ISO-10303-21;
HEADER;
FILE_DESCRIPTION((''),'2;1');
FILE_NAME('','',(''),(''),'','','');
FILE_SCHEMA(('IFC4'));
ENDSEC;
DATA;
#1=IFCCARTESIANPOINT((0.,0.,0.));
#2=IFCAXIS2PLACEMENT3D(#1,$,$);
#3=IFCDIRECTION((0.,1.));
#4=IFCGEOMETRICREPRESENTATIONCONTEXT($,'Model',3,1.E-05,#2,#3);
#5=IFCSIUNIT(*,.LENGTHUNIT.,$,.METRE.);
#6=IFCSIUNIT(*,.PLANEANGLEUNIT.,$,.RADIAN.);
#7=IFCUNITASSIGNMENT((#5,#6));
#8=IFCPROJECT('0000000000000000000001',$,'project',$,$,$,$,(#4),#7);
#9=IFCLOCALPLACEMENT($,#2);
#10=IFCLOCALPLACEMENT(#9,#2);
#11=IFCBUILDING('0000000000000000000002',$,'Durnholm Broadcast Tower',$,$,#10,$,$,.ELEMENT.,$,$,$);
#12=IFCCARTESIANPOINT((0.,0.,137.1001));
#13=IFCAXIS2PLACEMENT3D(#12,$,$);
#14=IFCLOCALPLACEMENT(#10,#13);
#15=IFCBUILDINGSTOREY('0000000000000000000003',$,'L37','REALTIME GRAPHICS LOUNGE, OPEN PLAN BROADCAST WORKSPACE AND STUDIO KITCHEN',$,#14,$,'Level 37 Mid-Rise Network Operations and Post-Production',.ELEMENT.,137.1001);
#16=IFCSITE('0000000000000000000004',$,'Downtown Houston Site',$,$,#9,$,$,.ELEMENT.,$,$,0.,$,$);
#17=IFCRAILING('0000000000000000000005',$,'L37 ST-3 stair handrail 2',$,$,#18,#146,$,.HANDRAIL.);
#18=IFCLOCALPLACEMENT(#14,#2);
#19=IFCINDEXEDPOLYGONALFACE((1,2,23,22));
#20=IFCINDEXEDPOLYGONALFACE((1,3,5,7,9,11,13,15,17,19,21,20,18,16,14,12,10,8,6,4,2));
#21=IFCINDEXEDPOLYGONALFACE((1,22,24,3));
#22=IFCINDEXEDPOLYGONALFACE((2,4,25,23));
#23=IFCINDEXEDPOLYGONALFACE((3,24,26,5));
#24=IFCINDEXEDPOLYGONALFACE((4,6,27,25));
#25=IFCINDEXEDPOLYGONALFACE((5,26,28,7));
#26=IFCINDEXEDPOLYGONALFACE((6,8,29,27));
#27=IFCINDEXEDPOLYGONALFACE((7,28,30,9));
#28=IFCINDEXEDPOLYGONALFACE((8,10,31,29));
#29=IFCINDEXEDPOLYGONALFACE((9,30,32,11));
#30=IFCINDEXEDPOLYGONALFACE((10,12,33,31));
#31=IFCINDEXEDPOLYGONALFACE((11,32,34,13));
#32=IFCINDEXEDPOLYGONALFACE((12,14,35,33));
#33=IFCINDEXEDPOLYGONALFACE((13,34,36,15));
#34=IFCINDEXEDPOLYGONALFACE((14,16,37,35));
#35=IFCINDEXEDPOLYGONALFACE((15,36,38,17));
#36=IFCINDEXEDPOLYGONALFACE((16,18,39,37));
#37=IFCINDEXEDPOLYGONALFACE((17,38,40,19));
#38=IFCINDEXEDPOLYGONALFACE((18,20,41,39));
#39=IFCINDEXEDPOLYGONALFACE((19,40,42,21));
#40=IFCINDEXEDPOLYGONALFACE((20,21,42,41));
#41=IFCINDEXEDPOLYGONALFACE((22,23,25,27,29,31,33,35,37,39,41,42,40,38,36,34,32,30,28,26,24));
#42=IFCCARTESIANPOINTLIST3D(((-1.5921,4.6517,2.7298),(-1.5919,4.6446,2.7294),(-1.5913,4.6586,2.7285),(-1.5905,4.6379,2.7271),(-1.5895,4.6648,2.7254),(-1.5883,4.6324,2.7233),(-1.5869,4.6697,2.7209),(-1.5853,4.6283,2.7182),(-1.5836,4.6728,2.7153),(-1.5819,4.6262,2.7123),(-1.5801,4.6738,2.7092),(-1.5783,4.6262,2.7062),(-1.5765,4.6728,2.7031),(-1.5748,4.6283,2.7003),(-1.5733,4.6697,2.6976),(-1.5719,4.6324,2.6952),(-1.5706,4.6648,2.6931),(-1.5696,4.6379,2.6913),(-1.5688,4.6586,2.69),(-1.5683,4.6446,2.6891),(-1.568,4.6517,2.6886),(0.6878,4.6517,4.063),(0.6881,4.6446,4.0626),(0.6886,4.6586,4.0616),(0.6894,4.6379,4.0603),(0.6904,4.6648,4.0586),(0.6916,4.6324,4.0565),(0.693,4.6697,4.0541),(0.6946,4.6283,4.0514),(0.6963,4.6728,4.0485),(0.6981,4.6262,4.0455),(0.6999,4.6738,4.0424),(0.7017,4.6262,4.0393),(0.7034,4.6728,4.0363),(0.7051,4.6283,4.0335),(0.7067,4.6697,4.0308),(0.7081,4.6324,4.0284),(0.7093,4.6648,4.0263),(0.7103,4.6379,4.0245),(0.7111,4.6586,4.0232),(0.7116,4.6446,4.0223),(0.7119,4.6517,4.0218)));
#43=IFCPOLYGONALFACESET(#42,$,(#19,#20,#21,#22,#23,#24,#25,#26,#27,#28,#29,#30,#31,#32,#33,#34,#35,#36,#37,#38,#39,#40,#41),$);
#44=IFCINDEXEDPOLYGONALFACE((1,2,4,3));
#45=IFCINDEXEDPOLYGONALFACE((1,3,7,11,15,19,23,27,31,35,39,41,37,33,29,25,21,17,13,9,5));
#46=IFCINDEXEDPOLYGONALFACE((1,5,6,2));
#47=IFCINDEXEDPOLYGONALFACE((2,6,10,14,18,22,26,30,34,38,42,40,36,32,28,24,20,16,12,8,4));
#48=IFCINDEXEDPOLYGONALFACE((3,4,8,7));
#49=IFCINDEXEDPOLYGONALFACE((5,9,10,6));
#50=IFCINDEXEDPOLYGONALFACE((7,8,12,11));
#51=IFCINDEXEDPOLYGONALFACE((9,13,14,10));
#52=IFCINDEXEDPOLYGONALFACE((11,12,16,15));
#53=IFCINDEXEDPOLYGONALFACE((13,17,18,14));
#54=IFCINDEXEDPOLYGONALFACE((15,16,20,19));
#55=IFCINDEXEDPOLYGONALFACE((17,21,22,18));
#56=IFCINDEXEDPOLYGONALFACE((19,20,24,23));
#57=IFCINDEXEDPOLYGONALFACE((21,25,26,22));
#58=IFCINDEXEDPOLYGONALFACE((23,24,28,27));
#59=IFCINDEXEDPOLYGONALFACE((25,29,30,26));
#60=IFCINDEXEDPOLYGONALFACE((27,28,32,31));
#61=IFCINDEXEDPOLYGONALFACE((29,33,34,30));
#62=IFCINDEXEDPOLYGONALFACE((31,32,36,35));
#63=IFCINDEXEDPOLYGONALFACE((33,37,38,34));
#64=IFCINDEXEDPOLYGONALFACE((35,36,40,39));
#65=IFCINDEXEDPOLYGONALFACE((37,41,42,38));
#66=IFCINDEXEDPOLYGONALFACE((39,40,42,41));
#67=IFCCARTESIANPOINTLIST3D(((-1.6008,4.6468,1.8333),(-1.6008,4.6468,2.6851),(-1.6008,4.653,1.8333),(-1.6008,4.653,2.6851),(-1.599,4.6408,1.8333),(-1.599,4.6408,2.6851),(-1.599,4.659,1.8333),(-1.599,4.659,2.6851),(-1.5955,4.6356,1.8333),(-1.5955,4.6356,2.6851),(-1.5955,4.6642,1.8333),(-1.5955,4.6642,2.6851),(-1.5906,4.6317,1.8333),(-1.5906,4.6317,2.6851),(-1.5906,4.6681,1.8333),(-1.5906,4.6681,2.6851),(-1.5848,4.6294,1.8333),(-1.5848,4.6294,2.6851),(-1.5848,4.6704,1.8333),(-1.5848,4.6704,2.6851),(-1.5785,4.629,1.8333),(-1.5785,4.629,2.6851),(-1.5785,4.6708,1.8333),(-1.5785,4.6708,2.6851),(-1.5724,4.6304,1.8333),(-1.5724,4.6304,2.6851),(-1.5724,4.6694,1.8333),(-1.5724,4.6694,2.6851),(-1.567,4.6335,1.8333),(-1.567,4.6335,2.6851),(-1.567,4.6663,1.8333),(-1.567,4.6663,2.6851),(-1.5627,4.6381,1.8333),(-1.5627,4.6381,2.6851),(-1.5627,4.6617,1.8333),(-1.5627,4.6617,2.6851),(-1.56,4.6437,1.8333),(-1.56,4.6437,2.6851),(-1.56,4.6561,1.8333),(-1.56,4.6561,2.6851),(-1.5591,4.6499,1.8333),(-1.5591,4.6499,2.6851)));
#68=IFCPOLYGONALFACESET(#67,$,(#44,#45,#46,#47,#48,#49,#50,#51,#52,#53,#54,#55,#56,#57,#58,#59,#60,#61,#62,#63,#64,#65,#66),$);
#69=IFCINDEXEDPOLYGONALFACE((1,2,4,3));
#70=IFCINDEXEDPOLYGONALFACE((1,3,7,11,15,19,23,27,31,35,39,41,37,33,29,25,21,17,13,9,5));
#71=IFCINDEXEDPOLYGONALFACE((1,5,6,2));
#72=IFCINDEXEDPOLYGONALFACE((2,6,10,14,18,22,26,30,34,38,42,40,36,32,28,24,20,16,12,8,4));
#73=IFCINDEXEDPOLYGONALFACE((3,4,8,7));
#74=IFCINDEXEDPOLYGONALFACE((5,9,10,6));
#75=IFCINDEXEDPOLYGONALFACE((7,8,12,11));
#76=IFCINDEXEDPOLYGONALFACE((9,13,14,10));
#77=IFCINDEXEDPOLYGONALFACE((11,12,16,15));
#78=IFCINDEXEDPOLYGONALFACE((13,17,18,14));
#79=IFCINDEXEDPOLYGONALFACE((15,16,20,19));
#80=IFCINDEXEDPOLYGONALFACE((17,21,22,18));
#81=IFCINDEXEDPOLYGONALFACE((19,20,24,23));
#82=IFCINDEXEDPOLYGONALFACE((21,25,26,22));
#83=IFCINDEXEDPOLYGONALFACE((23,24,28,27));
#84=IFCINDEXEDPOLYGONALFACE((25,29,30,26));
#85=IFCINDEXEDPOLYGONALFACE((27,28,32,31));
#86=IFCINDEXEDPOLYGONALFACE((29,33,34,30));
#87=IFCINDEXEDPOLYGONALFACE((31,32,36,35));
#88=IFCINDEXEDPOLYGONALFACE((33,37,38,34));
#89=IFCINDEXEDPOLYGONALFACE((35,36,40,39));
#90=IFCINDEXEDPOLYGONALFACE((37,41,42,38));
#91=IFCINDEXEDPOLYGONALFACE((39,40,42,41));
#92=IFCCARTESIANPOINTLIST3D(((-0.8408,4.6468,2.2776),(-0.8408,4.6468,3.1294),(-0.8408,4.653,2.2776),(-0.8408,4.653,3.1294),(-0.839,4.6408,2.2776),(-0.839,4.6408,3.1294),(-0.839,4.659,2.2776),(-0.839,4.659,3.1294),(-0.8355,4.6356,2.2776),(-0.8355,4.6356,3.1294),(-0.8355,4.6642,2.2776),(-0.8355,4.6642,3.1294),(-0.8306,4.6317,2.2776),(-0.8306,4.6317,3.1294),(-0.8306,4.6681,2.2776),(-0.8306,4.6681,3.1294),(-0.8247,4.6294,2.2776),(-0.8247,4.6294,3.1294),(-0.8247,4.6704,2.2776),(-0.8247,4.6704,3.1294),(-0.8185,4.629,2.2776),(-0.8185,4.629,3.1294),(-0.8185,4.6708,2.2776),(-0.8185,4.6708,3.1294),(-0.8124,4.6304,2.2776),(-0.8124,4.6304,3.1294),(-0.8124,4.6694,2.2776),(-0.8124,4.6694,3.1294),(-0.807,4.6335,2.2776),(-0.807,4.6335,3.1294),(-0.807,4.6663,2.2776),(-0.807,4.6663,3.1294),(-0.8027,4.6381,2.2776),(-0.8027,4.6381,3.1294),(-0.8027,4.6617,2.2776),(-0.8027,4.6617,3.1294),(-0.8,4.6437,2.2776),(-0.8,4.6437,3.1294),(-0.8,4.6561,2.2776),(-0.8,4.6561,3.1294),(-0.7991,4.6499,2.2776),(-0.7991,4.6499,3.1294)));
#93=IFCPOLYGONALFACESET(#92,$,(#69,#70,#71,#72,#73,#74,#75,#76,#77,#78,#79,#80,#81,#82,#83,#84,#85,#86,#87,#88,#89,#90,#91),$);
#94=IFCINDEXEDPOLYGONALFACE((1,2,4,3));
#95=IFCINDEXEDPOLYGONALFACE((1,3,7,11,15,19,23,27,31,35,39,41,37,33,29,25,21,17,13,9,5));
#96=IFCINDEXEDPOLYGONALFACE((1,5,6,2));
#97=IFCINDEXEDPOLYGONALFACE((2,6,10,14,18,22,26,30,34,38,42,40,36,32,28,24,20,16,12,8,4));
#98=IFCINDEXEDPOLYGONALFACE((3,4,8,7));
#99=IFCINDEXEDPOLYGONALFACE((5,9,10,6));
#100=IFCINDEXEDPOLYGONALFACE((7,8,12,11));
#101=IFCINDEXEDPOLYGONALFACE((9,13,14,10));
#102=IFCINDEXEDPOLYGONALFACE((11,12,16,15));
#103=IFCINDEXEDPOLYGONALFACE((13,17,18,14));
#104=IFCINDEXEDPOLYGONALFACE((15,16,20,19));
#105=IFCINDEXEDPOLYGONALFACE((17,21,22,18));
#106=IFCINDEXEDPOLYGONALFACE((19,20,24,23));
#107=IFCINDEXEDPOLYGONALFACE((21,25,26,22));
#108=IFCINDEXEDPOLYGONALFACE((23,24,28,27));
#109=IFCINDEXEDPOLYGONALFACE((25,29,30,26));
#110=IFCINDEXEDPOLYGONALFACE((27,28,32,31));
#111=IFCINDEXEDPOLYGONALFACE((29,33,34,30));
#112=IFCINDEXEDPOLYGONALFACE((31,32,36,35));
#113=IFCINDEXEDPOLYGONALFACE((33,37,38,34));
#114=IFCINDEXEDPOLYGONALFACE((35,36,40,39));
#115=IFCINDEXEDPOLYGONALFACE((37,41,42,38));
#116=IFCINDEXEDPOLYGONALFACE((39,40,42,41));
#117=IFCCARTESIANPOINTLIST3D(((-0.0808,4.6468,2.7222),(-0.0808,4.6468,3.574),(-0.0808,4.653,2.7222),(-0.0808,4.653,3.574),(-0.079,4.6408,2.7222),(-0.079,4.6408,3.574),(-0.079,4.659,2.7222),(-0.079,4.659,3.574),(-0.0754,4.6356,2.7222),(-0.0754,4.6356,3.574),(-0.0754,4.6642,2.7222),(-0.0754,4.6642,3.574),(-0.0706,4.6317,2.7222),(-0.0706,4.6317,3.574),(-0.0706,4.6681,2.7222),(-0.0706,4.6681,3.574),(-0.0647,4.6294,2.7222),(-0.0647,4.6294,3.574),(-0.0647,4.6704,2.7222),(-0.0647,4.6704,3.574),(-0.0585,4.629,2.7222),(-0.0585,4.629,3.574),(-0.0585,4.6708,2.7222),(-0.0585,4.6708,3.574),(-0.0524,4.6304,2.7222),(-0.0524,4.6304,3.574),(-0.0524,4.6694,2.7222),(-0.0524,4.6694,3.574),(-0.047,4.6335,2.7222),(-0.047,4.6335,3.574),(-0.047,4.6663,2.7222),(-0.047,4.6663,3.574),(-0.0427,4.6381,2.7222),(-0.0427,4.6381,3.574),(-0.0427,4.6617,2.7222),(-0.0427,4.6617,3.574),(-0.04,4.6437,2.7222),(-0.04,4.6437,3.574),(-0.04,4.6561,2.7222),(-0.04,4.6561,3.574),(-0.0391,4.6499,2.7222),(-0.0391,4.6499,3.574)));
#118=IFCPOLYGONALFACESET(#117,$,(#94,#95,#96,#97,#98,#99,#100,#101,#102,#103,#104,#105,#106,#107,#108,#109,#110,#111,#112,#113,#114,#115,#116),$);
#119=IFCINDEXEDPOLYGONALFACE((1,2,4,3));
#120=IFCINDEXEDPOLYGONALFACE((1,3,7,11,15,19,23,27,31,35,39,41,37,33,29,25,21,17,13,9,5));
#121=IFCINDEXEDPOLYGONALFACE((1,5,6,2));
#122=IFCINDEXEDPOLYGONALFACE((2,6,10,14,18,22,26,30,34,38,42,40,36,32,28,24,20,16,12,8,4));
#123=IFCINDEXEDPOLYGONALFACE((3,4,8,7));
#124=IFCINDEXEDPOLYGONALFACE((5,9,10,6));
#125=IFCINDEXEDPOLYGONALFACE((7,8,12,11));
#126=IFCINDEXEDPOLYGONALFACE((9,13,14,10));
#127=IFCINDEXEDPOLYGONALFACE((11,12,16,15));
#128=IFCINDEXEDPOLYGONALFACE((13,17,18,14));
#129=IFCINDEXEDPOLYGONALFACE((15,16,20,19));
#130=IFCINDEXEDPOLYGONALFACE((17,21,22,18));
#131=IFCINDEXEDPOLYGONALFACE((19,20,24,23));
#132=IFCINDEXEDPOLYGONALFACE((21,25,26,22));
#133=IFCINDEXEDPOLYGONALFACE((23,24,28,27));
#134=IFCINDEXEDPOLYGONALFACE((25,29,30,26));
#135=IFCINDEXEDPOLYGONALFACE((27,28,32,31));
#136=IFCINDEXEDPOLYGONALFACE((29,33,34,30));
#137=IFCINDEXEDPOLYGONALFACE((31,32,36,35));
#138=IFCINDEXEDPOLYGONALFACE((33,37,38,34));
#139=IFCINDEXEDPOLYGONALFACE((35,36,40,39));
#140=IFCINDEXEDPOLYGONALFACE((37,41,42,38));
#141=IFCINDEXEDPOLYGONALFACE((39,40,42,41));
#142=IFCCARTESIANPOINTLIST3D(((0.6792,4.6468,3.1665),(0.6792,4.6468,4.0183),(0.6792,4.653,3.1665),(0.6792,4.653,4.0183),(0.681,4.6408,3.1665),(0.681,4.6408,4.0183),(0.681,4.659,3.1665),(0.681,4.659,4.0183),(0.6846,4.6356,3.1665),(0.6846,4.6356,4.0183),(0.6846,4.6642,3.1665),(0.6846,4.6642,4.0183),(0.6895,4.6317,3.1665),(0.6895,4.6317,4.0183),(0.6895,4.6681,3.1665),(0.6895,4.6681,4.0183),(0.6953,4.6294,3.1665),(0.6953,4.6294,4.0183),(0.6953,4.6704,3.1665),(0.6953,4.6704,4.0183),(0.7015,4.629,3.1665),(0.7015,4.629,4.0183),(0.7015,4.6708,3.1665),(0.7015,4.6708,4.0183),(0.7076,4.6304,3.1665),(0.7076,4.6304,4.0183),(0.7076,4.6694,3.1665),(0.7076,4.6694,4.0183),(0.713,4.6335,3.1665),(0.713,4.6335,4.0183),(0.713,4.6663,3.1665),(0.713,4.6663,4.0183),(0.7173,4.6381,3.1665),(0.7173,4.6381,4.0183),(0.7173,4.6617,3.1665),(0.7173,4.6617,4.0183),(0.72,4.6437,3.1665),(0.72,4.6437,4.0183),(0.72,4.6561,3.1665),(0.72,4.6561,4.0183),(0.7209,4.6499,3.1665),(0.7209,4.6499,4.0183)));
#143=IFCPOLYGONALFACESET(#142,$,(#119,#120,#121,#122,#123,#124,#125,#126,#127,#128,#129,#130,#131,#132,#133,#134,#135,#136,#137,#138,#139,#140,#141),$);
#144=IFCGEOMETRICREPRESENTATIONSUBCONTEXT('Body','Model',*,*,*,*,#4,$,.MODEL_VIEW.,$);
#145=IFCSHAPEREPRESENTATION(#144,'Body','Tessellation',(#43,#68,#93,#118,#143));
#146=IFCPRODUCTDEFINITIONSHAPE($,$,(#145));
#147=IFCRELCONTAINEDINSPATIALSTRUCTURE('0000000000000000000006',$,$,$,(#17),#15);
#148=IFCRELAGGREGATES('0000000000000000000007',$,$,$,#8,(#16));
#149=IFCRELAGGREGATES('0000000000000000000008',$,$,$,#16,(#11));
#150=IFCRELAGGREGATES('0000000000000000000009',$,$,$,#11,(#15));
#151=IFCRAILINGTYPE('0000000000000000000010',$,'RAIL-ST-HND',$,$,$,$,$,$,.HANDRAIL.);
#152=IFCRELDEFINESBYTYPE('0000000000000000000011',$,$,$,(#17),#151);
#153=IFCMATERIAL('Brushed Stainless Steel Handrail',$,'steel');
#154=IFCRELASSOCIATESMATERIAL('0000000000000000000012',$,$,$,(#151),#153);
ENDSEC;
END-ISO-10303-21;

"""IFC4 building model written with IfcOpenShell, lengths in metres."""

from ifc_helpers import new_model, si_unit, direction, frame, origin, origin_2d, place, context, subcontext, project, spatial, circle, extrude, material, type_object, element, save


model = new_model("IFC4")

# Units and contexts
model_context = context("Model", 3, precision=1e-05, world=origin(), true_north=direction((0.0, 1.0)))
body_context = subcontext(model_context, "Body", "Model", "MODEL_VIEW")
ifc_project = project(units=[si_unit("LENGTHUNIT", "METRE"), si_unit("PLANEANGLEUNIT", "RADIAN")], contexts=[model_context])

# Site, building, storey
site_placement = place(None, origin())
site = spatial("IfcSite", under=ifc_project, at=site_placement, Name="Downtown Houston Site", CompositionType="ELEMENT", RefElevation=0.0)
building_placement = place(site_placement, origin())
building = spatial("IfcBuilding", under=site, at=building_placement, Name="Durnholm Broadcast Tower", CompositionType="ELEMENT")
storey_placement = place(building_placement, frame((0.0, 0.0, 137.1001)))
storey = spatial("IfcBuildingStorey", under=building, at=storey_placement, Name="L37", Description="REALTIME GRAPHICS LOUNGE, OPEN PLAN BROADCAST WORKSPACE AND STUDIO KITCHEN", LongName="Level 37 Mid-Rise Network Operations and Post-Production", CompositionType="ELEMENT", Elevation=137.1001)

# Railing
ifc_material_1 = material(Name="Brushed Stainless Steel Handrail", Category="steel")
railing_type_1 = type_object("IfcRailingType", Name="RAIL-ST-HND", PredefinedType="HANDRAIL", material=ifc_material_1)
railing_1_placement = place(storey_placement, frame((-1.5801, 4.6499, 1.8333)))
element("IfcRailing", 1, at=railing_1_placement, inside=storey, type_object=railing_type_1, Name="L37 ST-3 stair handrail 2", PredefinedType="HANDRAIL", context=body_context, shape_type="SweptSolid", body=[
    extrude(circle(Radius=0.0239, at=origin_2d()), frame((0.0, 0.0, 0.876), z_axis=(0.863245, 0.0, 0.504785), x_axis=(0.0, 1.0, 0.0)), (0.0, 0.0, 1.0), 2.6411),
    extrude(circle(Radius=0.021, at=origin_2d()), origin(), (0.0, 0.0, 1.0), 0.8518),
    extrude(circle(Radius=0.021, at=origin_2d()), frame((0.76, 0.0, 0.4443)), (0.0, 0.0, 1.0), 0.8518),
    extrude(circle(Radius=0.021, at=origin_2d()), frame((1.52, 0.0, 0.8889)), (0.0, 0.0, 1.0), 0.8518),
    extrude(circle(Radius=0.021, at=origin_2d()), frame((2.28, 0.0, 1.3333)), (0.0, 0.0, 1.0), 0.8518),
])

save(model, "model.ifc")
